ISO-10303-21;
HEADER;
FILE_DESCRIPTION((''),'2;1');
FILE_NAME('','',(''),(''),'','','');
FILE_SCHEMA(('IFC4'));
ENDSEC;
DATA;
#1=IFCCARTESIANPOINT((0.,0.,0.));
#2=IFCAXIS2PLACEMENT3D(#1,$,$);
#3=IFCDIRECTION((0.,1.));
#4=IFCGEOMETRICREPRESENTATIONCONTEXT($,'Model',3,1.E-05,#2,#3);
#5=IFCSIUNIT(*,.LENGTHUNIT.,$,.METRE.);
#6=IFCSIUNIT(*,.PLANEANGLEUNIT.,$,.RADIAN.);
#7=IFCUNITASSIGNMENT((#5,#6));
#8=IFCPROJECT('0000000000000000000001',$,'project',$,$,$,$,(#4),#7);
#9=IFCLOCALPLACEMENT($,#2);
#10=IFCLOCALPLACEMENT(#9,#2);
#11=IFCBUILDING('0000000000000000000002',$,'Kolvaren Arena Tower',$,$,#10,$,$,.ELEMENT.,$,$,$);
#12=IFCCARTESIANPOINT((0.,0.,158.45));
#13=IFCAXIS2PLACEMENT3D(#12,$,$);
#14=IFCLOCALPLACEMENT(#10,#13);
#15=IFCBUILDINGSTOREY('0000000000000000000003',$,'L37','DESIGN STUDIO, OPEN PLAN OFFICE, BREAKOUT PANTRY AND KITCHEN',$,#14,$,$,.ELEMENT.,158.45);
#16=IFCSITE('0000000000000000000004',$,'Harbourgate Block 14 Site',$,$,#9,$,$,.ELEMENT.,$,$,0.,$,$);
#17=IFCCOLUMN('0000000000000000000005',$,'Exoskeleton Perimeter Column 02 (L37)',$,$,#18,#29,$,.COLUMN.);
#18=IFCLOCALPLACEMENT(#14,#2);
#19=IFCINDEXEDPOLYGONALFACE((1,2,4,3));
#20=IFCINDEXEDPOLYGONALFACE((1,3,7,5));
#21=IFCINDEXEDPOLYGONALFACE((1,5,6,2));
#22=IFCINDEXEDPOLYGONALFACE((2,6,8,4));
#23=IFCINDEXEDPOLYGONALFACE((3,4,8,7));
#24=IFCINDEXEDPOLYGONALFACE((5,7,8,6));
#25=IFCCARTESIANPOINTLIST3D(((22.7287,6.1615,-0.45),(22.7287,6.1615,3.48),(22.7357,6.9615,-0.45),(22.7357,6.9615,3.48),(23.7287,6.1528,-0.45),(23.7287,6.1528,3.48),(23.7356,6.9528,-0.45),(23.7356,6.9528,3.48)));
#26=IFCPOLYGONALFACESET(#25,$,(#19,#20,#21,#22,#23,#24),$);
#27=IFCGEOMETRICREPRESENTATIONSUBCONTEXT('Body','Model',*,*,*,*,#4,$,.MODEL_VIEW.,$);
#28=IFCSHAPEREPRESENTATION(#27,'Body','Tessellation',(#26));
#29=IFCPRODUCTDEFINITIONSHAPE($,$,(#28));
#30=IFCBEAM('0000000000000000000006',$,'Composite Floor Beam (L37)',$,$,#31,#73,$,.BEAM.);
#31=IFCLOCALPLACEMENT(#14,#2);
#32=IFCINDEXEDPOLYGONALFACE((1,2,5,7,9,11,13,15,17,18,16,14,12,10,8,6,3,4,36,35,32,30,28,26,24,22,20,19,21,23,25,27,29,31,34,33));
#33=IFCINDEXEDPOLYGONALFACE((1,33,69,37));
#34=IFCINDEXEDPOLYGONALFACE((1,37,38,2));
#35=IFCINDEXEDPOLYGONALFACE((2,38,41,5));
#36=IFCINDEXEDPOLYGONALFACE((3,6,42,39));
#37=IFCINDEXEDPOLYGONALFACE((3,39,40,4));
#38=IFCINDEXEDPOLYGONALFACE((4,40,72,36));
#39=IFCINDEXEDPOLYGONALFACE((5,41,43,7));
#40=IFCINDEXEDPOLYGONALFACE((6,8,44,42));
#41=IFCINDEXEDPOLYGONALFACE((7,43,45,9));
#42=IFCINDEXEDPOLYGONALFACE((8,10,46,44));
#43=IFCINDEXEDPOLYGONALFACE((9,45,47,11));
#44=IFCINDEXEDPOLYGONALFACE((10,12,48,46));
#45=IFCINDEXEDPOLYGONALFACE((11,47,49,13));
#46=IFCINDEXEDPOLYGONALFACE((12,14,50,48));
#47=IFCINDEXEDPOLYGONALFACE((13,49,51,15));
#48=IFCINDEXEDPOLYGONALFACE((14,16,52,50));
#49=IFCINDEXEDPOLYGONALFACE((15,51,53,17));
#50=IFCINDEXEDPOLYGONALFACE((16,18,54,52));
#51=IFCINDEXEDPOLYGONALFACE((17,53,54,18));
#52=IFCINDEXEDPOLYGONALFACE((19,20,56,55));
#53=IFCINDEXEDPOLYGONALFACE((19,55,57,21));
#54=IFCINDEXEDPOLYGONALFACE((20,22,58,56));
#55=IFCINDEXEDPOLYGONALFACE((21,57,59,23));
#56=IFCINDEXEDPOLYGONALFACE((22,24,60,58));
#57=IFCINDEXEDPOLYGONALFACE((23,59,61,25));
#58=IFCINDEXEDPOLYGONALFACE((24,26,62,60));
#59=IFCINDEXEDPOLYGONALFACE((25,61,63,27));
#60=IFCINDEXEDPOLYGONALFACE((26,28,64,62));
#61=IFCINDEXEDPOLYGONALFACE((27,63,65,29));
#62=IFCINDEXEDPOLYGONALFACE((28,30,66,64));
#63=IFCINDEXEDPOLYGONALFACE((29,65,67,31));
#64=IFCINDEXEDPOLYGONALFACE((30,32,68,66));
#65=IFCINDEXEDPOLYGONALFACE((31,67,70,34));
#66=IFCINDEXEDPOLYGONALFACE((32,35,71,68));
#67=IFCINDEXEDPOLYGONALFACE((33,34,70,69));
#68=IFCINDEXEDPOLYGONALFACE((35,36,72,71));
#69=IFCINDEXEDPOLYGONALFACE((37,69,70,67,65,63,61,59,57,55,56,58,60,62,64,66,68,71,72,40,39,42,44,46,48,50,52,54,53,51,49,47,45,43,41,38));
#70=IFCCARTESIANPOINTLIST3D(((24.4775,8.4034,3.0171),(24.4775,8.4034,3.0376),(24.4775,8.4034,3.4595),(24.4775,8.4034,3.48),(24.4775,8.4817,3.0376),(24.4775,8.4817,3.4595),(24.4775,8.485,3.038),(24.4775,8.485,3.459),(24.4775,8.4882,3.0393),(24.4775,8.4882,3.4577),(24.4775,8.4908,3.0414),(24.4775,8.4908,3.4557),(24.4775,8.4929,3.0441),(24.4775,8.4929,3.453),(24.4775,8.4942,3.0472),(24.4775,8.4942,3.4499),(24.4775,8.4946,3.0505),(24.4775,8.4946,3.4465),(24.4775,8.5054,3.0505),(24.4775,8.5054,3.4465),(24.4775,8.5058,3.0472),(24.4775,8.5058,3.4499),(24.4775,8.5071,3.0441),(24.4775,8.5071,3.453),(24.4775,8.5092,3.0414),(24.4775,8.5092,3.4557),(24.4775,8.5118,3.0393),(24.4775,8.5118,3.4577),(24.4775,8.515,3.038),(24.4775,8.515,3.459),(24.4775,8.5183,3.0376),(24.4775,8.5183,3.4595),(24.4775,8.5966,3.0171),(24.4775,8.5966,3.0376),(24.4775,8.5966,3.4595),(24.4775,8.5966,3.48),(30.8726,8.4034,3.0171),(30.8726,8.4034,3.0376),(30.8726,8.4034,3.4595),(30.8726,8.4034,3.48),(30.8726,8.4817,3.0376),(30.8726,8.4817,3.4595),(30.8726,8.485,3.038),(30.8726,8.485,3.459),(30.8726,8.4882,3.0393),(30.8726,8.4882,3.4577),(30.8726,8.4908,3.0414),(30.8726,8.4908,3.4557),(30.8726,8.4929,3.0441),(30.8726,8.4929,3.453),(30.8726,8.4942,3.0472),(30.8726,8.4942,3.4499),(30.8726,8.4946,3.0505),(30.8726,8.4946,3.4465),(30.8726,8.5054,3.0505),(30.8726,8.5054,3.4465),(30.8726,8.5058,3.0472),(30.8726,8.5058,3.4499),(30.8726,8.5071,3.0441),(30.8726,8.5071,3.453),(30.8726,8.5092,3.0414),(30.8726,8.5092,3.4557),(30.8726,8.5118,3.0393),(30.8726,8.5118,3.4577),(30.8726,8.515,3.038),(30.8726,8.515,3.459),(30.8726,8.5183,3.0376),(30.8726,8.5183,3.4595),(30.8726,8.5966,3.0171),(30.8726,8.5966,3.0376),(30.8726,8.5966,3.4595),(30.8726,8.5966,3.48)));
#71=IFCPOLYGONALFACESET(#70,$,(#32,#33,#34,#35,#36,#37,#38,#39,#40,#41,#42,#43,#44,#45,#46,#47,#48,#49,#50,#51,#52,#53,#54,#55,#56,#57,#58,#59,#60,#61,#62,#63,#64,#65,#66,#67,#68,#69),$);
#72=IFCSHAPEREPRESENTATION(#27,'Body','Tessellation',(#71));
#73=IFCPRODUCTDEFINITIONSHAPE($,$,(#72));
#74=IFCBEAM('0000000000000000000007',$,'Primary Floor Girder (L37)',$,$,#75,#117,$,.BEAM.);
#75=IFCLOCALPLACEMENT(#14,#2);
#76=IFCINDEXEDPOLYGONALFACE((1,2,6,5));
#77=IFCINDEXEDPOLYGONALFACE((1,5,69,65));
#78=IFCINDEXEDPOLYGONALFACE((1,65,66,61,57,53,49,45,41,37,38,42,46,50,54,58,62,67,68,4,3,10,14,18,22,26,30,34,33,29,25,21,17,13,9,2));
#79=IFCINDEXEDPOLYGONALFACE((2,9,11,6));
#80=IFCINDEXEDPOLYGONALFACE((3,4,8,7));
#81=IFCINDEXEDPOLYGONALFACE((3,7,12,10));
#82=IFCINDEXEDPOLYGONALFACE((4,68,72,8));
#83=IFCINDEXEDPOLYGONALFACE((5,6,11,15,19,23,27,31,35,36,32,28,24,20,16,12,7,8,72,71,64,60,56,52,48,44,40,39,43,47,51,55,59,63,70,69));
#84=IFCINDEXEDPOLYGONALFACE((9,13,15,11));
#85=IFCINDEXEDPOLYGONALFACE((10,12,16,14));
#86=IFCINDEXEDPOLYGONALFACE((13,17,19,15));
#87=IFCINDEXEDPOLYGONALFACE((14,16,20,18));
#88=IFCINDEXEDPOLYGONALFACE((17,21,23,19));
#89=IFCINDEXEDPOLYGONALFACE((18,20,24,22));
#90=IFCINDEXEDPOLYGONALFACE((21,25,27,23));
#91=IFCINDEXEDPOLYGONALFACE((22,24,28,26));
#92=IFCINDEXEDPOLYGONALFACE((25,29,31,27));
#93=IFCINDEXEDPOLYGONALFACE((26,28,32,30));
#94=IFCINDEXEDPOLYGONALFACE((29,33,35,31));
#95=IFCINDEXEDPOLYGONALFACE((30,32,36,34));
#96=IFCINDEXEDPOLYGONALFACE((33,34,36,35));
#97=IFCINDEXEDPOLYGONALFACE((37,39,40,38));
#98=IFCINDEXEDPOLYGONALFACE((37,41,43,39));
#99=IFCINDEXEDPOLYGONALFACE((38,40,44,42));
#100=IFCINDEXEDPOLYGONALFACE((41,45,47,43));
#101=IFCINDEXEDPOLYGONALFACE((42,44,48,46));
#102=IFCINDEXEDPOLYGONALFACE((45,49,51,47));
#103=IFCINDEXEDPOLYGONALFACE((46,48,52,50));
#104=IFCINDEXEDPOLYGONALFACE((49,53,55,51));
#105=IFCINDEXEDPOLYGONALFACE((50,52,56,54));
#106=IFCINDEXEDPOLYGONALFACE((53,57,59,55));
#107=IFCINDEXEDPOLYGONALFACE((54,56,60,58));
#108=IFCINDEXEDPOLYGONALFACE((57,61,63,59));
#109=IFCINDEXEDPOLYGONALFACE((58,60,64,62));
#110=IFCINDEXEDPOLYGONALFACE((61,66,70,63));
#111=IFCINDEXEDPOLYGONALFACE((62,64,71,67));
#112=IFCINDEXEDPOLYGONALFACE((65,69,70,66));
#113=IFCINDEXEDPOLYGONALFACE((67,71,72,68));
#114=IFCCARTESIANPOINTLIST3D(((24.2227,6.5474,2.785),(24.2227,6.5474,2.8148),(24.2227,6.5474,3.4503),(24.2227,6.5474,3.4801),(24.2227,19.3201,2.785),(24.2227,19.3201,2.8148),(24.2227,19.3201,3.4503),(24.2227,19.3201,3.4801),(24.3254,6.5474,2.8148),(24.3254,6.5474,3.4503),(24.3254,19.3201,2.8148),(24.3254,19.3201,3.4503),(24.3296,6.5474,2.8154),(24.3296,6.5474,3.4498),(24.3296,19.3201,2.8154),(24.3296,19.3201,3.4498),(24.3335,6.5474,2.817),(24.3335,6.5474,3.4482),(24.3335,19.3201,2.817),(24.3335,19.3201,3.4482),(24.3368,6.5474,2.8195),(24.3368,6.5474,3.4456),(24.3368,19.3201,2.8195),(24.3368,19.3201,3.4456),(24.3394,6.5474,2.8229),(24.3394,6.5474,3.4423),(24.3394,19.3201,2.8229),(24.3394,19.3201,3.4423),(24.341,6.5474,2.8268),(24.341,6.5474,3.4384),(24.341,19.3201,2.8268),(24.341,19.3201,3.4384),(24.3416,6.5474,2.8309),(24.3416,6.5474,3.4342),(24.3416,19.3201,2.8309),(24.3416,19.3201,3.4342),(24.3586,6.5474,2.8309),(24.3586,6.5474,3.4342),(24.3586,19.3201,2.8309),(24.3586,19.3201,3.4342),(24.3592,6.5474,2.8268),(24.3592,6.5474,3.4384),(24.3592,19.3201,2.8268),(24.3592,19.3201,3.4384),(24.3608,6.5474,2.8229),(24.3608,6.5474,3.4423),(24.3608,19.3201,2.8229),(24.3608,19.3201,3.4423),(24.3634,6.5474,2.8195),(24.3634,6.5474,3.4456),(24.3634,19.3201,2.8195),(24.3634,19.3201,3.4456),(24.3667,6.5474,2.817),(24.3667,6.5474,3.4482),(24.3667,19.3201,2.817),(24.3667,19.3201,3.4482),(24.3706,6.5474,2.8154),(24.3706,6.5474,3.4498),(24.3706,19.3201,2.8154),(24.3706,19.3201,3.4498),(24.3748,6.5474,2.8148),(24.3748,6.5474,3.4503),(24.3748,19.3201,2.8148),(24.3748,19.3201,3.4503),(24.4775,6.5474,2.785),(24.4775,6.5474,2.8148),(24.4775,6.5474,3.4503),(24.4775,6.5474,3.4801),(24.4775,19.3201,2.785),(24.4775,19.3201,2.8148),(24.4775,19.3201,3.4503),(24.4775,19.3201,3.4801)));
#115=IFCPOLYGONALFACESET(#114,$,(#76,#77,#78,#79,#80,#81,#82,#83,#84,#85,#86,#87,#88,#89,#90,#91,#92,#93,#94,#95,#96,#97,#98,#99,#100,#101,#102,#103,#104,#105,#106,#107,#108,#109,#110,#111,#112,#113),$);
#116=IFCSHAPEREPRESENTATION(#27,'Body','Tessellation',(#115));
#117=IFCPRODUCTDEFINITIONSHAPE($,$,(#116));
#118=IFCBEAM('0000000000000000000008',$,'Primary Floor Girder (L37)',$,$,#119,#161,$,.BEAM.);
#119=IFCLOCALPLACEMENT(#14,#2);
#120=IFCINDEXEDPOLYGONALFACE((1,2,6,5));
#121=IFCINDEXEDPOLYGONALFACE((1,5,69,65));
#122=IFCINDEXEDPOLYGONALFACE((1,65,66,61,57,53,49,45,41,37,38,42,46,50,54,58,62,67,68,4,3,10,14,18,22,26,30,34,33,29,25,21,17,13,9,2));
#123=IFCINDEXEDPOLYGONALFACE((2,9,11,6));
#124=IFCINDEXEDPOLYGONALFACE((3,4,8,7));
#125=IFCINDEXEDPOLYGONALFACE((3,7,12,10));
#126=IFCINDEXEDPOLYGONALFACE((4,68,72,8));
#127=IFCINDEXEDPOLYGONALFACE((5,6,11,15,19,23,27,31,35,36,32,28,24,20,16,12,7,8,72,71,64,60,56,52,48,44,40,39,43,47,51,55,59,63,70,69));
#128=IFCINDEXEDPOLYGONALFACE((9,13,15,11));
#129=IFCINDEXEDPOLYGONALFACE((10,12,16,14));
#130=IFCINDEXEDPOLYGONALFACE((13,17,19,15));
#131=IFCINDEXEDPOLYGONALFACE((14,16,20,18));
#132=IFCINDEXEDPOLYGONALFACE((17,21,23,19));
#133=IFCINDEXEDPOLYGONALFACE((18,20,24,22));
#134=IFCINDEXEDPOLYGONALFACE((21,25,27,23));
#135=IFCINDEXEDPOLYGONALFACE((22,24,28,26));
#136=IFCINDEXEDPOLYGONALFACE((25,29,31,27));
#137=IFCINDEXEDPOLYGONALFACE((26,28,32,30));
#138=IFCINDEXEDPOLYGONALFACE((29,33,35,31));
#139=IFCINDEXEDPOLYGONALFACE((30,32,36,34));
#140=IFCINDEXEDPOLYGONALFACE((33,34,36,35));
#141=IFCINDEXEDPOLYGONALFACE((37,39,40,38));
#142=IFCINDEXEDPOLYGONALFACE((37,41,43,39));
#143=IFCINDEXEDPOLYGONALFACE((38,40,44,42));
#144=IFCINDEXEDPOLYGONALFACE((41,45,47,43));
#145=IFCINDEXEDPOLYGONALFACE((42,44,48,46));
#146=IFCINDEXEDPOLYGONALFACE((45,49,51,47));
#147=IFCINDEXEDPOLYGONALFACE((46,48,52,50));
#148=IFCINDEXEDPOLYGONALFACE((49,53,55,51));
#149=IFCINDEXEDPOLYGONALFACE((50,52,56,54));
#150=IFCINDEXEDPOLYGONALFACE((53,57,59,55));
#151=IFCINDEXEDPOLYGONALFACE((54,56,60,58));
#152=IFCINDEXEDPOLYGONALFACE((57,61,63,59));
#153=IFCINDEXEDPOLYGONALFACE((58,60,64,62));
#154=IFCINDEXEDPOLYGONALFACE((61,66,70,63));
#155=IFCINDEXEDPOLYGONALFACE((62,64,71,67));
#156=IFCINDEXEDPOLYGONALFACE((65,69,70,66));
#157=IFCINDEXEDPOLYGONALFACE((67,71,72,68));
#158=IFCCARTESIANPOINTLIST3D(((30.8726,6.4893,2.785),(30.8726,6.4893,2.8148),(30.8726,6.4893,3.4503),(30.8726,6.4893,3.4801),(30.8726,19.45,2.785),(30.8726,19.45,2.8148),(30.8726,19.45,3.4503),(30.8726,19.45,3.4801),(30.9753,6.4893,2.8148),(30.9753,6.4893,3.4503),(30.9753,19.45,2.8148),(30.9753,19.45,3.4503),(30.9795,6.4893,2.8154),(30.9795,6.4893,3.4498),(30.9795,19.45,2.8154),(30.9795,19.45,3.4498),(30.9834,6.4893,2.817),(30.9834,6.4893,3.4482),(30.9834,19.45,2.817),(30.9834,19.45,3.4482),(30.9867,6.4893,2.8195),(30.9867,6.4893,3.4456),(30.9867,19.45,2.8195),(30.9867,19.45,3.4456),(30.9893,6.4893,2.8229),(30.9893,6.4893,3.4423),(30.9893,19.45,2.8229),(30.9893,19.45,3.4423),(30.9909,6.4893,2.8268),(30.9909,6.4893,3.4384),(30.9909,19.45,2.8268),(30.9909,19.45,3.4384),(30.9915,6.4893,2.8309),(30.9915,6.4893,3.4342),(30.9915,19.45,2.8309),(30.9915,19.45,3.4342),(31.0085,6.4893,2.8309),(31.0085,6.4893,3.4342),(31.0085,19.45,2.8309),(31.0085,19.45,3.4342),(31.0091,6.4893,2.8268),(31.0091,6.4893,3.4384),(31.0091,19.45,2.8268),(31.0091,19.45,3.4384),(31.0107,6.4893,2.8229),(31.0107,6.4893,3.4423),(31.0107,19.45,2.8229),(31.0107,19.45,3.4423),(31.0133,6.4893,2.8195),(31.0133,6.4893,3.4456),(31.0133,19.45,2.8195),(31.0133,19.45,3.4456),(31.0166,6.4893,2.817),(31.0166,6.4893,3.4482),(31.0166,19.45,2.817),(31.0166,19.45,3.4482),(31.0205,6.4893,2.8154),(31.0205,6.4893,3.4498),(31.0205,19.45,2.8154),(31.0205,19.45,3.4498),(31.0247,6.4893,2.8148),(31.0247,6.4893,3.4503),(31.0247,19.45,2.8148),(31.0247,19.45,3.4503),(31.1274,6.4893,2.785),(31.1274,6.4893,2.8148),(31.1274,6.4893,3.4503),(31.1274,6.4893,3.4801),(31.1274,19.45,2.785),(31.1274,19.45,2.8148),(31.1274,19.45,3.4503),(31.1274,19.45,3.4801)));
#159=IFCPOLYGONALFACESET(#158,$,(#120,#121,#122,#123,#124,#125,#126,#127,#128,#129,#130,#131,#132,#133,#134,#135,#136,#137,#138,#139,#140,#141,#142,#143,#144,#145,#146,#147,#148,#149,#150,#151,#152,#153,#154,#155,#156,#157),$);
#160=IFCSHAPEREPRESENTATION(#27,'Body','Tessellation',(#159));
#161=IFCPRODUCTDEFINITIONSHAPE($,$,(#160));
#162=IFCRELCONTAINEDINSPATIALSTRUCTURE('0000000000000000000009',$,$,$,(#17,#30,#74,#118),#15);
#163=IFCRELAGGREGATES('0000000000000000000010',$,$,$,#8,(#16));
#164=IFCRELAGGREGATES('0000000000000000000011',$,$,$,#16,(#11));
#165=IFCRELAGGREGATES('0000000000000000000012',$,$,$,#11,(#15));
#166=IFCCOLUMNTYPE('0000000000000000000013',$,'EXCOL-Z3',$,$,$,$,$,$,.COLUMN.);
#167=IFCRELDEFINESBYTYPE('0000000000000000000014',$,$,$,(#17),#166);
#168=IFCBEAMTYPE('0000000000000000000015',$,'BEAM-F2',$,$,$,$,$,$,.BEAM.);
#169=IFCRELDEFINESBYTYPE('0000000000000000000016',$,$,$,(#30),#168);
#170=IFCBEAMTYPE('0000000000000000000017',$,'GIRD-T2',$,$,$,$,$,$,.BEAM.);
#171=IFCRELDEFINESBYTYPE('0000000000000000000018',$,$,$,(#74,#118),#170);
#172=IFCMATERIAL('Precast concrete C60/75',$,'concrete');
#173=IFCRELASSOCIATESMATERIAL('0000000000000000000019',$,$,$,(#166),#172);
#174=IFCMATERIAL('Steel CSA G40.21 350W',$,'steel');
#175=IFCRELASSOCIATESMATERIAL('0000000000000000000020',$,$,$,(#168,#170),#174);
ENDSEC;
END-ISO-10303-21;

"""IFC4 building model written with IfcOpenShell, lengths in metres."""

from ifc_helpers import new_model, si_unit, direction, frame, origin, origin_2d, place, context, subcontext, project, spatial, rectangle, i_section, extrude, material, material_profile, profile_set, type_object, element, save


model = new_model("IFC4")

# Units and contexts
model_context = context("Model", 3, precision=1e-05, world=origin(), true_north=direction((0.0, 1.0)))
body_context = subcontext(model_context, "Body", "Model", "MODEL_VIEW")
ifc_project = project(units=[si_unit("LENGTHUNIT", "METRE"), si_unit("PLANEANGLEUNIT", "RADIAN")], contexts=[model_context])

# Site, building, storey
site_placement = place(None, origin())
site = spatial("IfcSite", under=ifc_project, at=site_placement, Name="Harbourgate Block 14 Site", CompositionType="ELEMENT", RefElevation=0.0)
building_placement = place(site_placement, origin())
building = spatial("IfcBuilding", under=site, at=building_placement, Name="Kolvaren Arena Tower", CompositionType="ELEMENT")
storey_placement = place(building_placement, frame((0.0, 0.0, 158.45)))
storey = spatial("IfcBuildingStorey", under=building, at=storey_placement, Name="L37", Description="DESIGN STUDIO, OPEN PLAN OFFICE, BREAKOUT PANTRY AND KITCHEN", CompositionType="ELEMENT", Elevation=158.45)

# Column
ifc_material_1 = material(Name="Precast concrete C60/75", Category="concrete")
ifc_material_profile_1 = material_profile(ifc_material_1, rectangle(XDim=1.0, YDim=0.8, at=origin_2d()), Name="RC-1000x800")
ifc_profile_set_1 = profile_set([ifc_material_profile_1], Name="Precast concrete C60/75")
column_type = type_object("IfcColumnType", Name="EXCOL-Z3", PredefinedType="COLUMN", material=ifc_profile_set_1)
column_placement = place(storey_placement, frame((23.2322, 6.5571, -0.45), z_axis=(0.0, 0.0, 1.0), x_axis=(0.999962, -0.008727, 0.0)))
element("IfcColumn", 1, at=column_placement, inside=storey, type_object=column_type, Name="Exoskeleton Perimeter Column 02 (L37)", PredefinedType="COLUMN", context=body_context, shape_type="SweptSolid", body=[
    extrude(rectangle(XDim=1.0, YDim=0.8, at=origin_2d()), origin(), (0.0, 0.0, 1.0), 3.9299),
])

# Beams
ifc_material_2 = material(Name="Steel CSA G40.21 350W", Category="steel")
ifc_material_profile_2 = material_profile(ifc_material_2, i_section(OverallWidth=0.1931, OverallDepth=0.4629, WebThickness=0.0107, FlangeThickness=0.0205, FilletRadius=0.0129, at=origin_2d()), Name="W460x113")
ifc_profile_set_2 = profile_set([ifc_material_profile_2], Name="Steel CSA G40.21 350W")
beam_type_1 = type_object("IfcBeamType", Name="BEAM-F2", PredefinedType="BEAM", material=ifc_profile_set_2)
beam_1_placement = place(storey_placement, frame((24.4775, 8.5, 3.2485), z_axis=(1.0, 0.0, 0.0), x_axis=(0.0, 1.0, 0.0)))
element("IfcBeam", 2, at=beam_1_placement, inside=storey, type_object=beam_type_1, Name="Composite Floor Beam (L37)", PredefinedType="BEAM", context=body_context, shape_type="SweptSolid", body=[
    extrude(i_section(OverallWidth=0.1931, OverallDepth=0.4629, WebThickness=0.0107, FlangeThickness=0.0205, FilletRadius=0.0129, at=origin_2d()), origin(), (0.0, 0.0, 1.0), 6.395),
])
ifc_material_profile_3 = material_profile(ifc_material_2, i_section(OverallWidth=0.2549, OverallDepth=0.6951, WebThickness=0.0171, FlangeThickness=0.0298, FilletRadius=0.0161, at=origin_2d()), Name="W690x217")
ifc_profile_set_3 = profile_set([ifc_material_profile_3], Name="Steel CSA G40.21 350W")
beam_type_2 = type_object("IfcBeamType", Name="GIRD-T2", PredefinedType="BEAM", material=ifc_profile_set_3)
beam_2_placement = place(storey_placement, frame((24.3501, 6.5474, 3.1326), z_axis=(0.0, 1.0, 0.0), x_axis=(-1.0, 0.0, 0.0)))
element("IfcBeam", 3, at=beam_2_placement, inside=storey, type_object=beam_type_2, Name="Primary Floor Girder (L37)", PredefinedType="BEAM", context=body_context, shape_type="SweptSolid", body=[
    extrude(i_section(OverallWidth=0.2549, OverallDepth=0.6951, WebThickness=0.0171, FlangeThickness=0.0298, FilletRadius=0.0161, at=origin_2d()), origin(), (0.0, 0.0, 1.0), 12.7727),
])
beam_3_placement = place(storey_placement, frame((31.0, 6.4893, 3.1326), z_axis=(0.0, 1.0, 0.0), x_axis=(-1.0, 0.0, 0.0)))
element("IfcBeam", 4, at=beam_3_placement, inside=storey, type_object=beam_type_2, Name="Primary Floor Girder (L37)", PredefinedType="BEAM", context=body_context, shape_type="SweptSolid", body=[
    extrude(i_section(OverallWidth=0.2549, OverallDepth=0.6951, WebThickness=0.0171, FlangeThickness=0.0298, FilletRadius=0.0161, at=origin_2d()), origin(), (0.0, 0.0, 1.0), 12.9607),
])

save(model, "model.ifc")
